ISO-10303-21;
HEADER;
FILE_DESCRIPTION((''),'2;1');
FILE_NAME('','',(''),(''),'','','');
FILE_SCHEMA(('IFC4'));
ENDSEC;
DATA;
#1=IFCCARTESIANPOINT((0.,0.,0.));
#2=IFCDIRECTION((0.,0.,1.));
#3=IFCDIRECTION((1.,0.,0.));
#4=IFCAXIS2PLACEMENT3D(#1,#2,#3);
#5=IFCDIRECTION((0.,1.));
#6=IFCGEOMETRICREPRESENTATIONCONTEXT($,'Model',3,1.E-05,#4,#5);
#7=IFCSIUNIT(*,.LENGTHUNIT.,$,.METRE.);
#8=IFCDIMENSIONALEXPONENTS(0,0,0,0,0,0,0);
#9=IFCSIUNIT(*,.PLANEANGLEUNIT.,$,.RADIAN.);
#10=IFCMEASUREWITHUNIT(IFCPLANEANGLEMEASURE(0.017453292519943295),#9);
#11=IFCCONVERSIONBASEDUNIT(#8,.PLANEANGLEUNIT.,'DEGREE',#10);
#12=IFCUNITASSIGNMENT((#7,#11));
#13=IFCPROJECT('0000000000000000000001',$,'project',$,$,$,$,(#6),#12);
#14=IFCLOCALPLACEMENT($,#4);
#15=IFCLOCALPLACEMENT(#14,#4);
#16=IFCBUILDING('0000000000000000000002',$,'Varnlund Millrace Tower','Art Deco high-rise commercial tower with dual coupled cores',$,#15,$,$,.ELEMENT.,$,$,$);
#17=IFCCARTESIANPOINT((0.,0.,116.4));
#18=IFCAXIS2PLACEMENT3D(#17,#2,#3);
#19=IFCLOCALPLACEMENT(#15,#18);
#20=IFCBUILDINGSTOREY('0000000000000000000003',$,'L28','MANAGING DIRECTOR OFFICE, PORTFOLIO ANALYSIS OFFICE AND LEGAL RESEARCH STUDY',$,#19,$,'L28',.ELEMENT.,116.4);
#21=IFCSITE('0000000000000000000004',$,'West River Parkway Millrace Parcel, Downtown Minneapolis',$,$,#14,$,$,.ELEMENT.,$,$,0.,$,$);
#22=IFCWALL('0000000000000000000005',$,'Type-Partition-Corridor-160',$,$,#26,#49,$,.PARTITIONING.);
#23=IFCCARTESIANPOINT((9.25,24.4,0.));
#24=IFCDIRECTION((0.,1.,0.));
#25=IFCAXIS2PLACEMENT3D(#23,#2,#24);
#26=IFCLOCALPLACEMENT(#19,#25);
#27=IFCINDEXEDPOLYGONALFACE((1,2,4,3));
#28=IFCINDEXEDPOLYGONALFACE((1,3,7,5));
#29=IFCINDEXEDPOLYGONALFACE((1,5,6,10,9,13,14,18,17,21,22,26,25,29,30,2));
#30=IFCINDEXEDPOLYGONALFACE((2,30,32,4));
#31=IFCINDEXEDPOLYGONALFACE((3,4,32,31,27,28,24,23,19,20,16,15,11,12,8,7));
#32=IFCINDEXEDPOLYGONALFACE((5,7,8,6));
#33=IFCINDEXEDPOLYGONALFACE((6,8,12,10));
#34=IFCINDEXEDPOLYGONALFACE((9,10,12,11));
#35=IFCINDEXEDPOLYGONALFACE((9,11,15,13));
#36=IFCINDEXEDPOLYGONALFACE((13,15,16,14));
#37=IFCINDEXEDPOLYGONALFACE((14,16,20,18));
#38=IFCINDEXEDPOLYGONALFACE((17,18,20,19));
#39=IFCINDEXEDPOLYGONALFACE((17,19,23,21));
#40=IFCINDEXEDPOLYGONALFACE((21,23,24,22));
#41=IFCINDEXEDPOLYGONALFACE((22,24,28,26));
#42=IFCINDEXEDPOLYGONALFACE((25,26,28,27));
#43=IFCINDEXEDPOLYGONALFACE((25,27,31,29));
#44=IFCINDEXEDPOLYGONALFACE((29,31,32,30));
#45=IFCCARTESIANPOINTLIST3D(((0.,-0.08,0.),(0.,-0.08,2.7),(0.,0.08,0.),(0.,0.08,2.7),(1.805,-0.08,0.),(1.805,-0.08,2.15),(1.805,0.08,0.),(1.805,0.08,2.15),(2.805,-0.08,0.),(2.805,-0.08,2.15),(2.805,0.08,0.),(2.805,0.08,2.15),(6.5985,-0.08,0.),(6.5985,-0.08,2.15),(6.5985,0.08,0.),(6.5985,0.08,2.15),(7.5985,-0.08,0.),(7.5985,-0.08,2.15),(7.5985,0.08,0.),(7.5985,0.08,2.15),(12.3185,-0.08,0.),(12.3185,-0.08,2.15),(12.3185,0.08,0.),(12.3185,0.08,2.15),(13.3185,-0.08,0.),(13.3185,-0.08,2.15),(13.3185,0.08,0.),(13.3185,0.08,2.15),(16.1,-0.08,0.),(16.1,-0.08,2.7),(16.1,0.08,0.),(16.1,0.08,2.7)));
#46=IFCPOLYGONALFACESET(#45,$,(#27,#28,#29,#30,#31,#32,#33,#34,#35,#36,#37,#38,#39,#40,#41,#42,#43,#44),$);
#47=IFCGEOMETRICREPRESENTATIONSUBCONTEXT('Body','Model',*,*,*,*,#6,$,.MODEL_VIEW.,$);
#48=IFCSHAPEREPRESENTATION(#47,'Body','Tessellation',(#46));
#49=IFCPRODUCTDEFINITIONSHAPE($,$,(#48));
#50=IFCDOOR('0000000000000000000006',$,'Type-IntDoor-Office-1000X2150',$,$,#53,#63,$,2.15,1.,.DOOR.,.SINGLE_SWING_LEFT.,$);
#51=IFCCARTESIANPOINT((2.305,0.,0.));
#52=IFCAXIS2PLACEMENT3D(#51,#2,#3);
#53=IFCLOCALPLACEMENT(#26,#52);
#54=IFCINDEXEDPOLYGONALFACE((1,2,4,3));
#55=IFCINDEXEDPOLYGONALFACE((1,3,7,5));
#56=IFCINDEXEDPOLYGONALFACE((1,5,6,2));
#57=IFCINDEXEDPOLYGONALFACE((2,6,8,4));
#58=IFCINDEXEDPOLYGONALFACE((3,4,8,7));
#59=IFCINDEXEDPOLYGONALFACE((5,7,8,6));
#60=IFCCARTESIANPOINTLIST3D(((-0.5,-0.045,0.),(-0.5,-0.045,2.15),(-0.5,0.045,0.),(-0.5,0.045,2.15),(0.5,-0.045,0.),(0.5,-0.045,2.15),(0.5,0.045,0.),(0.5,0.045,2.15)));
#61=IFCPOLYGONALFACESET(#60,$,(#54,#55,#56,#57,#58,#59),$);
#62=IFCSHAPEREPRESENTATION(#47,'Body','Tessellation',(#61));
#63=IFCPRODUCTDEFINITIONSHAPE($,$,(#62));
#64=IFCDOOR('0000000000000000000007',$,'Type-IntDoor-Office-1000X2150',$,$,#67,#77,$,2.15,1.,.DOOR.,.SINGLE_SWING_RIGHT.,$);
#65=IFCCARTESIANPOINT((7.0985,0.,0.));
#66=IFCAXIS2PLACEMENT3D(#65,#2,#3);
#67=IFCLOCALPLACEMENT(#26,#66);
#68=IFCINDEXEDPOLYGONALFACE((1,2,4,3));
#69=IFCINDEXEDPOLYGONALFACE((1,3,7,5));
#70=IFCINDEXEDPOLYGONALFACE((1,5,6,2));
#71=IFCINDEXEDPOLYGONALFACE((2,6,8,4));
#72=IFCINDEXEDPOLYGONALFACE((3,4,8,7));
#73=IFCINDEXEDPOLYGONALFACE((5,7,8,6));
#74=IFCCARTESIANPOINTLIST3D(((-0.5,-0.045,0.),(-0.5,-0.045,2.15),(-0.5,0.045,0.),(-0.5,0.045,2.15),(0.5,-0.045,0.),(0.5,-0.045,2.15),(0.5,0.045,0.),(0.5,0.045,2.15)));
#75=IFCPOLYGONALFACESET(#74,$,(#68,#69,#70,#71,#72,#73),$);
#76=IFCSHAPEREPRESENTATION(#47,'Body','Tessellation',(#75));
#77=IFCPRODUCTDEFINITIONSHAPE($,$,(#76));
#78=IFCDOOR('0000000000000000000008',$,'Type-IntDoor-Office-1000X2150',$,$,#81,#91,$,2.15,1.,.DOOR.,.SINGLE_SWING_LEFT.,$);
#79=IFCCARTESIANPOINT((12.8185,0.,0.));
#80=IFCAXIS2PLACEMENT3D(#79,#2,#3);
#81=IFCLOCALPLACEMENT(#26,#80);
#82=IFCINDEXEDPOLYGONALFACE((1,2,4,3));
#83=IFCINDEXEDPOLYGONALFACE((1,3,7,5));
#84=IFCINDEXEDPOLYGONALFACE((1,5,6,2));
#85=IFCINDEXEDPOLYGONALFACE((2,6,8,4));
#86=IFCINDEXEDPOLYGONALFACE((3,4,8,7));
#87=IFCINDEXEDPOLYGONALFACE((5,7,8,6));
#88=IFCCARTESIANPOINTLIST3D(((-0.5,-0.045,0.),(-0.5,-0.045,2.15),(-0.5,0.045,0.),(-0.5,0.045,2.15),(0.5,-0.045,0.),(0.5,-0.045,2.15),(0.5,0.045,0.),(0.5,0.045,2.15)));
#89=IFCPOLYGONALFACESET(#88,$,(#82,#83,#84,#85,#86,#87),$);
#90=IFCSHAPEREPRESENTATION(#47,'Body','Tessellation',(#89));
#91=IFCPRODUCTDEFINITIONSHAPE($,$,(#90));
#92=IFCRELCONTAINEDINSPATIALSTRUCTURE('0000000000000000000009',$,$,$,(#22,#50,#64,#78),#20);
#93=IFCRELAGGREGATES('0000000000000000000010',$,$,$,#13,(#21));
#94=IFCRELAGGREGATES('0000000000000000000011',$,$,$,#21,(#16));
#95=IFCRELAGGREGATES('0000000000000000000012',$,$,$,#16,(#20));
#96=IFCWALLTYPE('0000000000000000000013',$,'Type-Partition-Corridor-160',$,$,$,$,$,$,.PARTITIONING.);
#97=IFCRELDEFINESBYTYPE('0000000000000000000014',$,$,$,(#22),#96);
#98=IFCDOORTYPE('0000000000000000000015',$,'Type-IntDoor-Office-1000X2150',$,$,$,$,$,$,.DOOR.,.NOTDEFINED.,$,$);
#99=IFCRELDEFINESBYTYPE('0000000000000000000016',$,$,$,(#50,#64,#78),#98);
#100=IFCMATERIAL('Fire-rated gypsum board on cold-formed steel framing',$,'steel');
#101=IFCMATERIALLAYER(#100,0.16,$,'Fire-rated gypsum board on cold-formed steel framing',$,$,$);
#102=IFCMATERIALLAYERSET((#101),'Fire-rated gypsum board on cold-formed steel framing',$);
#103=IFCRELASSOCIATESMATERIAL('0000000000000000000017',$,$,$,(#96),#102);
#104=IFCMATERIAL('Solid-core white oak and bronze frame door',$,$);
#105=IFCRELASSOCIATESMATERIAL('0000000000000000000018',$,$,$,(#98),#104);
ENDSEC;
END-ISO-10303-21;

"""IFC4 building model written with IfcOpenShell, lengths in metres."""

from ifc_helpers import new_model, entity, si_unit, converted_unit, direction, frame, origin_with_axes, origin_2d_with_axis, place, context, subcontext, project, spatial, polyline, rectangle, outline, extrude, material, layer, layer_set, type_object, element, fill, save


model = new_model("IFC4")

# Units and contexts
model_context = context("Model", 3, precision=1e-05, world=origin_with_axes(), true_north=direction((0.0, 1.0)))
body_context = subcontext(model_context, "Body", "Model", "MODEL_VIEW")
ifc_project = project(units=[si_unit("LENGTHUNIT", "METRE"), converted_unit("PLANEANGLEUNIT", "DEGREE", entity("IfcPlaneAngleMeasure", 0.017453292519943295), si_unit("PLANEANGLEUNIT", "RADIAN"), dimensions=[0, 0, 0, 0, 0, 0, 0])], contexts=[model_context])

# Site, building, storey
site_placement = place(None, origin_with_axes())
site = spatial("IfcSite", under=ifc_project, at=site_placement, Name="West River Parkway Millrace Parcel, Downtown Minneapolis", CompositionType="ELEMENT", RefElevation=0.0)
building_placement = place(site_placement, origin_with_axes())
building = spatial("IfcBuilding", under=site, at=building_placement, Name="Varnlund Millrace Tower", Description="Art Deco high-rise commercial tower with dual coupled cores", CompositionType="ELEMENT")
storey_placement = place(building_placement, frame((0.0, 0.0, 116.4), z_axis=(0.0, 0.0, 1.0), x_axis=(1.0, 0.0, 0.0)))
storey = spatial("IfcBuildingStorey", under=building, at=storey_placement, Name="L28", Description="MANAGING DIRECTOR OFFICE, PORTFOLIO ANALYSIS OFFICE AND LEGAL RESEARCH STUDY", LongName="L28", CompositionType="ELEMENT", Elevation=116.4)

# Shared definitions
ifc_material_1 = material(Name="Fire-rated gypsum board on cold-formed steel framing", Category="steel")
ifc_layer_1 = layer(ifc_material_1, 0.16, Name="Fire-rated gypsum board on cold-formed steel framing")
ifc_layer_set_1 = layer_set([ifc_layer_1], Name="Fire-rated gypsum board on cold-formed steel framing")
wall_type_1 = type_object("IfcWallType", Name="Type-Partition-Corridor-160", PredefinedType="PARTITIONING", material=ifc_layer_set_1)
ifc_material_2 = material(Name="Solid-core white oak and bronze frame door")
door_type = type_object("IfcDoorType", Name="Type-IntDoor-Office-1000X2150", OperationType="NOTDEFINED", PredefinedType="DOOR", material=ifc_material_2)

# Wall, openings, doors
wall_1_placement = place(storey_placement, frame((9.25, 24.4, 0.0), z_axis=(0.0, 0.0, 1.0), x_axis=(0.0, 1.0, 0.0)))
wall_1 = element("IfcWall", 1, at=wall_1_placement, inside=storey, type_object=wall_type_1, Name="Type-Partition-Corridor-160", PredefinedType="PARTITIONING", context=body_context, shape_type="SweptSolid", body=[
    extrude(outline(polyline([(0.0, -0.08), (16.1, -0.08), (16.1, 0.08), (0.0, 0.08), (0.0, -0.08)])), origin_with_axes(), (0.0, 0.0, 1.0), 2.7),
])
opening_1_placement = place(wall_1_placement, frame((2.305, 0.0, 0.0), z_axis=(0.0, 0.0, 1.0), x_axis=(1.0, 0.0, 0.0)))
opening_1 = element("IfcOpeningElement", 2, at=opening_1_placement, cuts=wall_1, PredefinedType="OPENING", context=body_context, shape_type="SweptSolid", body=[
    extrude(rectangle(XDim=1.0, YDim=0.18, at=origin_2d_with_axis()), origin_with_axes(), (0.0, 0.0, 1.0), 2.15),
])
opening_2_placement = place(wall_1_placement, frame((7.0985, 0.0, 0.0), z_axis=(0.0, 0.0, 1.0), x_axis=(1.0, 0.0, 0.0)))
opening_2 = element("IfcOpeningElement", 3, at=opening_2_placement, cuts=wall_1, PredefinedType="OPENING", context=body_context, shape_type="SweptSolid", body=[
    extrude(rectangle(XDim=1.0, YDim=0.18, at=origin_2d_with_axis()), origin_with_axes(), (0.0, 0.0, 1.0), 2.15),
])
opening_3_placement = place(wall_1_placement, frame((12.8185, 0.0, 0.0), z_axis=(0.0, 0.0, 1.0), x_axis=(1.0, 0.0, 0.0)))
opening_3 = element("IfcOpeningElement", 4, at=opening_3_placement, cuts=wall_1, PredefinedType="OPENING", context=body_context, shape_type="SweptSolid", body=[
    extrude(rectangle(XDim=1.0, YDim=0.18, at=origin_2d_with_axis()), origin_with_axes(), (0.0, 0.0, 1.0), 2.15),
])
door_1_placement = place(wall_1_placement, frame((2.305, 0.0, 0.0), z_axis=(0.0, 0.0, 1.0), x_axis=(1.0, 0.0, 0.0)))
door_1 = element("IfcDoor", 5, at=door_1_placement, inside=storey, type_object=door_type, Name="Type-IntDoor-Office-1000X2150", OperationType="SINGLE_SWING_LEFT", OverallHeight=2.15, OverallWidth=1.0, PredefinedType="DOOR", context=body_context, shape_type="SweptSolid", body=[
    extrude(rectangle(XDim=1.0, YDim=0.09, at=origin_2d_with_axis()), origin_with_axes(), (0.0, 0.0, 1.0), 2.15),
])
fill(opening_1, door_1)
door_2_placement = place(wall_1_placement, frame((7.0985, 0.0, 0.0), z_axis=(0.0, 0.0, 1.0), x_axis=(1.0, 0.0, 0.0)))
door_2 = element("IfcDoor", 6, at=door_2_placement, inside=storey, type_object=door_type, Name="Type-IntDoor-Office-1000X2150", OperationType="SINGLE_SWING_RIGHT", OverallHeight=2.15, OverallWidth=1.0, PredefinedType="DOOR", context=body_context, shape_type="SweptSolid", body=[
    extrude(rectangle(XDim=1.0, YDim=0.09, at=origin_2d_with_axis()), origin_with_axes(), (0.0, 0.0, 1.0), 2.15),
])
fill(opening_2, door_2)
door_3_placement = place(wall_1_placement, frame((12.8185, 0.0, 0.0), z_axis=(0.0, 0.0, 1.0), x_axis=(1.0, 0.0, 0.0)))
door_3 = element("IfcDoor", 7, at=door_3_placement, inside=storey, type_object=door_type, Name="Type-IntDoor-Office-1000X2150", OperationType="SINGLE_SWING_LEFT", OverallHeight=2.15, OverallWidth=1.0, PredefinedType="DOOR", context=body_context, shape_type="SweptSolid", body=[
    extrude(rectangle(XDim=1.0, YDim=0.09, at=origin_2d_with_axis()), origin_with_axes(), (0.0, 0.0, 1.0), 2.15),
])
fill(opening_3, door_3)

save(model, "model.ifc")
